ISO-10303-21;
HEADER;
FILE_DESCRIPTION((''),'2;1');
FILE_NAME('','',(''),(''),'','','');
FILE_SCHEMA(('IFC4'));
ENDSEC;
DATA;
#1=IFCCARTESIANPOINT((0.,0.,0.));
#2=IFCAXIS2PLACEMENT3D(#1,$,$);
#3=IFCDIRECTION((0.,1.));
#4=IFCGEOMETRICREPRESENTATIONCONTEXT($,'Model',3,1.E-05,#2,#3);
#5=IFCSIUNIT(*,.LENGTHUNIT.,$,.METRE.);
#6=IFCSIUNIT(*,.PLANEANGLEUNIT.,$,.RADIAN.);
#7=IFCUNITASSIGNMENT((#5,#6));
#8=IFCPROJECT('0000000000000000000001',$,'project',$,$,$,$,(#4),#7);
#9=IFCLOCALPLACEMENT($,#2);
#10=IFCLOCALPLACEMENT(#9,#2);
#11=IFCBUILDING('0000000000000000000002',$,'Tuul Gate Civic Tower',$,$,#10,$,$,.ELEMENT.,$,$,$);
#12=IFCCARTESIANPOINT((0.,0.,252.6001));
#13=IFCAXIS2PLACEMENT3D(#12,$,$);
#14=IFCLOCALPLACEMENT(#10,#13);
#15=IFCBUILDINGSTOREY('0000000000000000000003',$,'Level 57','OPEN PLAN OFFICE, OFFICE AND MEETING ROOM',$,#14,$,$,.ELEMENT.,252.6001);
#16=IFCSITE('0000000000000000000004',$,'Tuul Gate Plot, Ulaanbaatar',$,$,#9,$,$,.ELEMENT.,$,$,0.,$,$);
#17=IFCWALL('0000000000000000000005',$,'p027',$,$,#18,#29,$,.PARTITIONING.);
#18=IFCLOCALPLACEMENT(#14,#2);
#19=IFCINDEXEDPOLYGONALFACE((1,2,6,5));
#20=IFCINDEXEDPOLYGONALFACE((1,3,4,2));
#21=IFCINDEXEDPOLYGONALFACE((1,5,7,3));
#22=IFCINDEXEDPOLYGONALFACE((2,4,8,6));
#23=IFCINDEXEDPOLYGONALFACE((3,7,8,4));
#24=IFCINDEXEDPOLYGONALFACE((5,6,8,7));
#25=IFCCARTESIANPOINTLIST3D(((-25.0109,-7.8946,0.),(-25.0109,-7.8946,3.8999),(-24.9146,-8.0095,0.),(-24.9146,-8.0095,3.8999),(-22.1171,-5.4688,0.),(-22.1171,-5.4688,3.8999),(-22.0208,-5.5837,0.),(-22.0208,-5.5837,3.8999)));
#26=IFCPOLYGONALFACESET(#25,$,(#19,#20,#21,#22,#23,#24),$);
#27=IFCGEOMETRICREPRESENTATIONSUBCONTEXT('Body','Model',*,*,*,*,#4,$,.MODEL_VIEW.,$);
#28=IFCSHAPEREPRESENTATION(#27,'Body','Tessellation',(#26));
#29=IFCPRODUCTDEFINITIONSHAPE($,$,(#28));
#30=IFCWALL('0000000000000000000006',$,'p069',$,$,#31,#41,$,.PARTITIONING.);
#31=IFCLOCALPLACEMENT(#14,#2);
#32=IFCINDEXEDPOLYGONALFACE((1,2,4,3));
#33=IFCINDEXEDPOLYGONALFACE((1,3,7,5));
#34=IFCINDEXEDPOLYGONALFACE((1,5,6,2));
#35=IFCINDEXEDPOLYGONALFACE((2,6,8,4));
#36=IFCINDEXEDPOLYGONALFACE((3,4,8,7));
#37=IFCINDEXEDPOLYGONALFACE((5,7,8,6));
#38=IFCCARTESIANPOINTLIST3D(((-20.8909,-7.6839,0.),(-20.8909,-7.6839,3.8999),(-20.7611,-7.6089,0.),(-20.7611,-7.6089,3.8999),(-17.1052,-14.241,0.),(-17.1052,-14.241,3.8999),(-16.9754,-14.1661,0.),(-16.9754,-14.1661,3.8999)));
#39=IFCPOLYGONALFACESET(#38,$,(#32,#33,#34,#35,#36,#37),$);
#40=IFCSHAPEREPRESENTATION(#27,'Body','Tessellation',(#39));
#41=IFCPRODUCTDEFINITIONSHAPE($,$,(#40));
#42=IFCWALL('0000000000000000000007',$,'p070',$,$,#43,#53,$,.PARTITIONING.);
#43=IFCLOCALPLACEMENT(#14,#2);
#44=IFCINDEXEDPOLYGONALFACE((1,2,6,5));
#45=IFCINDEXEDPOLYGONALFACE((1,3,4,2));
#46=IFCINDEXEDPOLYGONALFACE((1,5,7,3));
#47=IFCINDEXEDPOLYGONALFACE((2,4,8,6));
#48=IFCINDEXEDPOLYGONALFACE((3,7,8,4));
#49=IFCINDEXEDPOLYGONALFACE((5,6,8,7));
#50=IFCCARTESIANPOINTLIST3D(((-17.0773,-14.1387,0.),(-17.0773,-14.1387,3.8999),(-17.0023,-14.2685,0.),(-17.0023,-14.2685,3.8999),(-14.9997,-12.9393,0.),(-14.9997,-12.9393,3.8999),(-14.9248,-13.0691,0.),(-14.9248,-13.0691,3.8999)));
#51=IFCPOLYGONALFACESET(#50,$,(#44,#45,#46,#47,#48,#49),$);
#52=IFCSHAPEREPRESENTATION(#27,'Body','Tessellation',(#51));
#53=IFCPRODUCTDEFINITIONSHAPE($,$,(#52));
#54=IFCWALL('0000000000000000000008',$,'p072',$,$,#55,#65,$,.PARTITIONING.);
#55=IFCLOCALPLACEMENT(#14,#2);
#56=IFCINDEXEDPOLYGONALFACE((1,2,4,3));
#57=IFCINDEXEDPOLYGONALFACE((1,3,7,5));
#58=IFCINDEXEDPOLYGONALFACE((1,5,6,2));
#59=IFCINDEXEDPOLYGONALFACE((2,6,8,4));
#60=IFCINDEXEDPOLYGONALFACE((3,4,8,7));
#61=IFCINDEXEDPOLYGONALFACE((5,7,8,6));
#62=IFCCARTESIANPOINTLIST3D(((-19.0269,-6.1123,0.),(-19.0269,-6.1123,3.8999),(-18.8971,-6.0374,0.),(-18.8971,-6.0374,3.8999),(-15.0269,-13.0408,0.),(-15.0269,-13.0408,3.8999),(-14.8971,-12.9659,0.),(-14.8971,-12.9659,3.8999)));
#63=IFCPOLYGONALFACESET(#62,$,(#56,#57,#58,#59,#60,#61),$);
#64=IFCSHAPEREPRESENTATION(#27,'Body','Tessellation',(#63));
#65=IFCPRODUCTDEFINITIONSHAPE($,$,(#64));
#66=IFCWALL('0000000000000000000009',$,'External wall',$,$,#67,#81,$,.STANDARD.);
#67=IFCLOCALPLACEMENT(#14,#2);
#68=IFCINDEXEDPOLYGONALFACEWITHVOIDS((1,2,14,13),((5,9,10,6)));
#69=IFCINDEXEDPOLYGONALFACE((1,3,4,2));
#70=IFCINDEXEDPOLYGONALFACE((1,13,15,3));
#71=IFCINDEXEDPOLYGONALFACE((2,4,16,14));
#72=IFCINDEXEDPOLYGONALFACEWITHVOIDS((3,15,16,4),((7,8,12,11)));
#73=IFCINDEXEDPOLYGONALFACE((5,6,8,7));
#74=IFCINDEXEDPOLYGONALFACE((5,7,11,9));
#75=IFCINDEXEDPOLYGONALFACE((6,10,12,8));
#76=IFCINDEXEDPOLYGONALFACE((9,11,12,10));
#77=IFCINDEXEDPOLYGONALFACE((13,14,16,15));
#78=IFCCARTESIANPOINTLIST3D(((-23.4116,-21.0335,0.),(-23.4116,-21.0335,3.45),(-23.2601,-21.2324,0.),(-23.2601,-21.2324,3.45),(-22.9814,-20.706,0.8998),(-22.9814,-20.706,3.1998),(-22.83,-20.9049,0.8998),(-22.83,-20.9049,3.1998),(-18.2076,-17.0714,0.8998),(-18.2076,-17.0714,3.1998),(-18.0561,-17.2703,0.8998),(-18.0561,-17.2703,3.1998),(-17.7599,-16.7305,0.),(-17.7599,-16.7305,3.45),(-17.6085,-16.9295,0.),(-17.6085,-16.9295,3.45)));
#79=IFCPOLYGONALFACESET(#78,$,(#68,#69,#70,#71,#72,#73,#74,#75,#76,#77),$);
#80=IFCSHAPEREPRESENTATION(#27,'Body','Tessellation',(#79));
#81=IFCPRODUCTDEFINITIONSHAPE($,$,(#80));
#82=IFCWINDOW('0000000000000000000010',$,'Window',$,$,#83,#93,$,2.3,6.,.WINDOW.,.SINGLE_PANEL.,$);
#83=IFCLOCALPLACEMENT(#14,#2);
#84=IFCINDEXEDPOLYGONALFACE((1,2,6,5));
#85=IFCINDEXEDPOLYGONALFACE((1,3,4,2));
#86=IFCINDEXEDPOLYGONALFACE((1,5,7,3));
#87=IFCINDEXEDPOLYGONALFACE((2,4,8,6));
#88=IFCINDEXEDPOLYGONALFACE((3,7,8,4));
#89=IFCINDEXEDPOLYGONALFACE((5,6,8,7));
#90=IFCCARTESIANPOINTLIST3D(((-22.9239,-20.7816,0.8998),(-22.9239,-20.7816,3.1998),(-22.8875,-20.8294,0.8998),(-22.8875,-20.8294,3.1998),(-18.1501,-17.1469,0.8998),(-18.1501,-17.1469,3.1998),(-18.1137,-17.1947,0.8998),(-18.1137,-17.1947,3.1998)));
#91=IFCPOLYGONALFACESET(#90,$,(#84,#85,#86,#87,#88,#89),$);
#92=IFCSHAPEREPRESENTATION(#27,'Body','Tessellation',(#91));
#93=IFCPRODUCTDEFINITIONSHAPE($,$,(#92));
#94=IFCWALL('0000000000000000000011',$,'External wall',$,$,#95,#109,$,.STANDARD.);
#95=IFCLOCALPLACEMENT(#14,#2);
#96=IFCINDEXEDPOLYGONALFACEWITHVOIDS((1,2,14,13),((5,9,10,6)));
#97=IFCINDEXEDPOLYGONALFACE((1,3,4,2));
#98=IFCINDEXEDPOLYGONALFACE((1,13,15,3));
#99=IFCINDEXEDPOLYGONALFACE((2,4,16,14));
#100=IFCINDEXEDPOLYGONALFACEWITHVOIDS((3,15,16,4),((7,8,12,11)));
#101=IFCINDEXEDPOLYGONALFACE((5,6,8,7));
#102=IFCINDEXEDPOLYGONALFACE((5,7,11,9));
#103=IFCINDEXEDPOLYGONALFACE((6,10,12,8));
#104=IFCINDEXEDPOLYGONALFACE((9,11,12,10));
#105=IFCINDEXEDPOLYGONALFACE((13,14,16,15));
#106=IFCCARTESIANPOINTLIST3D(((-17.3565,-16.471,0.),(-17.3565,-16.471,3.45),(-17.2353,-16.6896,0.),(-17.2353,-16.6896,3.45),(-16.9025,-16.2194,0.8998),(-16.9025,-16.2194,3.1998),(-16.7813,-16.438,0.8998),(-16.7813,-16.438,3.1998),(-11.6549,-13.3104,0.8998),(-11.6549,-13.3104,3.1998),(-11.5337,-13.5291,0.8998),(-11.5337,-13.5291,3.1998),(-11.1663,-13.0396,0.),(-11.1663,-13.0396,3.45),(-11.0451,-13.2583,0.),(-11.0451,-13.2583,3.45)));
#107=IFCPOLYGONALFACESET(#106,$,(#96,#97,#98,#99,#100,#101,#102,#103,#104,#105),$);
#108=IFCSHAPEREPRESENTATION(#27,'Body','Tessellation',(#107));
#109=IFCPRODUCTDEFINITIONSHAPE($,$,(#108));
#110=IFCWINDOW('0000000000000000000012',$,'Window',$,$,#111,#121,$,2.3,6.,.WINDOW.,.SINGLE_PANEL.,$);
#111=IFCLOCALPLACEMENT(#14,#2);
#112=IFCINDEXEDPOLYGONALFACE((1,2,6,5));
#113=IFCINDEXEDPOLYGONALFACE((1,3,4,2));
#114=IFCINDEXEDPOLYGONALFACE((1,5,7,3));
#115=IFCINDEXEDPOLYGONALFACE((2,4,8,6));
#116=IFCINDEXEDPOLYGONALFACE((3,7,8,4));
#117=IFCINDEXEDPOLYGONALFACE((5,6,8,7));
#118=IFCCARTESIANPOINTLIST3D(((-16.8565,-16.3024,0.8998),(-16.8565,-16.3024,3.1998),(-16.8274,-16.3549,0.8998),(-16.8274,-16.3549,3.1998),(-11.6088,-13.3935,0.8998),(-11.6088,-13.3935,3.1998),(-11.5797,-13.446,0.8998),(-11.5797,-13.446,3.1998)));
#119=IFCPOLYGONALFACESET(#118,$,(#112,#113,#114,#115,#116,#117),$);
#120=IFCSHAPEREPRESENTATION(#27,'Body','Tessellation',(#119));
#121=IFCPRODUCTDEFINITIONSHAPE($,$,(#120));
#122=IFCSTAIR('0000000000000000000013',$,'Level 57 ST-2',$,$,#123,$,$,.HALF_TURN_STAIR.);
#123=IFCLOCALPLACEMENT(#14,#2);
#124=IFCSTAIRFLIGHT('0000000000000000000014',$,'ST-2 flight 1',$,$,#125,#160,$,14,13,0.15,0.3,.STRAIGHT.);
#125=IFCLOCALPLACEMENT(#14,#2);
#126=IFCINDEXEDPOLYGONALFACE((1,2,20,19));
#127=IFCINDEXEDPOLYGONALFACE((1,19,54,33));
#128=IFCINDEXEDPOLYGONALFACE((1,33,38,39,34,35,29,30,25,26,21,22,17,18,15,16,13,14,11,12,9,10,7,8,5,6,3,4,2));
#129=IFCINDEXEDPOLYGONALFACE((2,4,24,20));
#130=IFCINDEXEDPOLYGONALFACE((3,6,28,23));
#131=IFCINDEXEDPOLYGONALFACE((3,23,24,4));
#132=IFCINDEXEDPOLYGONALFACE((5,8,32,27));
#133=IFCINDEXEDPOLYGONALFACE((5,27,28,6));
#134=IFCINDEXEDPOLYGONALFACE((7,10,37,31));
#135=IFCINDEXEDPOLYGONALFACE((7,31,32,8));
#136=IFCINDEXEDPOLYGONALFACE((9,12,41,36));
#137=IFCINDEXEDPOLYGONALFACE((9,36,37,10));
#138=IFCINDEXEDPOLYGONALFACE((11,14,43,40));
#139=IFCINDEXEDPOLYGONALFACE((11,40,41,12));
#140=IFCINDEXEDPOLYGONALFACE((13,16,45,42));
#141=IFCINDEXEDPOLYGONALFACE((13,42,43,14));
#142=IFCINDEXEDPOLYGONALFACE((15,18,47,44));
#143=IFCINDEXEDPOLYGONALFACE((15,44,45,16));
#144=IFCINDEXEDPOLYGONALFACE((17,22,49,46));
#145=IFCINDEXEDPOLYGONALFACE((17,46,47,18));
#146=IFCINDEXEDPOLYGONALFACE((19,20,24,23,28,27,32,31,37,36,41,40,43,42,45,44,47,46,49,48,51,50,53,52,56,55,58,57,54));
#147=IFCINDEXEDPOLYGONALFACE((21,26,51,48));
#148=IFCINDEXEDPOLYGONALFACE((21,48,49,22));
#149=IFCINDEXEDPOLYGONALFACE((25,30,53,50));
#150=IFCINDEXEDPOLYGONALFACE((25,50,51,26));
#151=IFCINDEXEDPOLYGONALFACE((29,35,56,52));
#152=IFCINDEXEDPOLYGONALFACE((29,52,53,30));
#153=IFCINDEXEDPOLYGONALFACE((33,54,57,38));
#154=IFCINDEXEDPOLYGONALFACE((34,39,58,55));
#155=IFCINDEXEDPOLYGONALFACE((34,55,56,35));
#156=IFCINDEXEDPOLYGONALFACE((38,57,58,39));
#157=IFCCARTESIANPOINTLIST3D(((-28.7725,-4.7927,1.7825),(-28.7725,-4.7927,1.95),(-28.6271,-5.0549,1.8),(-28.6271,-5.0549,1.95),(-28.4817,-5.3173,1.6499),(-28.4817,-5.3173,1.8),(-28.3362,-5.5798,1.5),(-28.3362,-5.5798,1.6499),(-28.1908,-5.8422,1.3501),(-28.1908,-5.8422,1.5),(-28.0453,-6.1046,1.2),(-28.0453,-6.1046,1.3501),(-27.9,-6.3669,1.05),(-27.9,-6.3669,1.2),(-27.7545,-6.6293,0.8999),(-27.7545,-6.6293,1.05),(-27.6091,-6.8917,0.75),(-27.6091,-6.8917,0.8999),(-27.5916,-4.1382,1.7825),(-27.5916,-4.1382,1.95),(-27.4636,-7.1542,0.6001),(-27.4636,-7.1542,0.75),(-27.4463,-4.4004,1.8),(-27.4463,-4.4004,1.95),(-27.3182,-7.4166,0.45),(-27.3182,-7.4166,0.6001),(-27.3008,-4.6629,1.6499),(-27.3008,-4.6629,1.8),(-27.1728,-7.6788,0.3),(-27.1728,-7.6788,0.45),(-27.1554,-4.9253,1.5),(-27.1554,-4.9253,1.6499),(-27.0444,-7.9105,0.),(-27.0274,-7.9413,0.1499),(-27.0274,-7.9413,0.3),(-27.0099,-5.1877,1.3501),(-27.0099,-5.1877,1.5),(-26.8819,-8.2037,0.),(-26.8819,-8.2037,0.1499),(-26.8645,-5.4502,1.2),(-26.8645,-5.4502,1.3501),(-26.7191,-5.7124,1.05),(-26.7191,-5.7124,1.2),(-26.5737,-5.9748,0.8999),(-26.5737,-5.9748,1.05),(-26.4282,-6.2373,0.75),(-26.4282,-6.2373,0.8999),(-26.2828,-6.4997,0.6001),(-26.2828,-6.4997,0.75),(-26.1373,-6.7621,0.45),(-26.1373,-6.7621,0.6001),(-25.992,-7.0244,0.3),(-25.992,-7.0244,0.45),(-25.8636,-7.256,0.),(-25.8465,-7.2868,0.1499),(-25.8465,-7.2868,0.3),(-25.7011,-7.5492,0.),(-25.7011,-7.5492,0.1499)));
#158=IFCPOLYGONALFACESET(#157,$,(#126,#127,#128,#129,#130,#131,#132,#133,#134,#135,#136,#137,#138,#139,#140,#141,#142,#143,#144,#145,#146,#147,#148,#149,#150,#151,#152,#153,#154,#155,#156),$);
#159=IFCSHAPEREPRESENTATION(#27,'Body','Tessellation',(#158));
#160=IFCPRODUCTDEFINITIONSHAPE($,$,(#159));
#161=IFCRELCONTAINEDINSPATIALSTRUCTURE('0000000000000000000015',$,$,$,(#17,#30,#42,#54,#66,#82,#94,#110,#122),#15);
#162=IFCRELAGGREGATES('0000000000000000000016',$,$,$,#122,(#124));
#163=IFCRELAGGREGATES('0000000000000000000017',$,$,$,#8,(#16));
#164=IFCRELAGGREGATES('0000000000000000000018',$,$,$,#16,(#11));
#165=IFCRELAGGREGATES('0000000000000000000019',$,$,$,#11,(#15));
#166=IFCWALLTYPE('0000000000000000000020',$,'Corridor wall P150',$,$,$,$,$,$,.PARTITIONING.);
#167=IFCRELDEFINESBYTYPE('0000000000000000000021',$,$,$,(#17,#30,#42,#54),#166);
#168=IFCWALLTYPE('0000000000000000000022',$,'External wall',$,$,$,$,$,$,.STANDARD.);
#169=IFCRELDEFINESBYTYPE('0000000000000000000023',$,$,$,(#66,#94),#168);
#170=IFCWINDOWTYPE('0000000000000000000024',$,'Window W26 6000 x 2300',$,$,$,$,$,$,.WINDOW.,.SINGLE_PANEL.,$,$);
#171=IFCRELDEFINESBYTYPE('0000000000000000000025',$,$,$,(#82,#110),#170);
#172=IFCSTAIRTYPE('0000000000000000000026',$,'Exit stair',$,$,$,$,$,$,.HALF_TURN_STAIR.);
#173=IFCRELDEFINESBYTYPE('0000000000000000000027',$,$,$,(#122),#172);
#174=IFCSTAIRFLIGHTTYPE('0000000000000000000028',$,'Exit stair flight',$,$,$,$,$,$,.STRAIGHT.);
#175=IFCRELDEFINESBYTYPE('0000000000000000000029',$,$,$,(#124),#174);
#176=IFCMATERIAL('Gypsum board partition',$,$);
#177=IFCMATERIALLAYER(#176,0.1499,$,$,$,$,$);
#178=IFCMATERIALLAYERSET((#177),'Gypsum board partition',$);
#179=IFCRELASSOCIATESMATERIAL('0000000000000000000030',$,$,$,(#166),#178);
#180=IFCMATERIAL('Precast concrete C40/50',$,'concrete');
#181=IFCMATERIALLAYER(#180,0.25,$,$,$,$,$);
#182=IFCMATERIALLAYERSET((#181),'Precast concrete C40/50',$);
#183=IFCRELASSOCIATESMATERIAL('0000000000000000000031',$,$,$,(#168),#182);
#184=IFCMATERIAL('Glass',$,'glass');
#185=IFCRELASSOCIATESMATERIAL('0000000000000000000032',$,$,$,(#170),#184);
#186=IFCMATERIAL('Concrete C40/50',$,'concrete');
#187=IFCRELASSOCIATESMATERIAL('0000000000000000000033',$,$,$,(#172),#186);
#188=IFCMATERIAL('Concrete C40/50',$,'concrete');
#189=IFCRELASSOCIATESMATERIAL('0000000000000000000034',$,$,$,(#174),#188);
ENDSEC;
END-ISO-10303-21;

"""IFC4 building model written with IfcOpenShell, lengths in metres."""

from ifc_helpers import new_model, si_unit, direction, frame, frame_2d, origin, place, context, subcontext, project, spatial, polyline, rectangle, outline, extrude, material, layer, layer_set, type_object, element, fill, aggregate, save


model = new_model("IFC4")

# Units and contexts
model_context = context("Model", 3, precision=1e-05, world=origin(), true_north=direction((0.0, 1.0)))
body_context = subcontext(model_context, "Body", "Model", "MODEL_VIEW")
ifc_project = project(units=[si_unit("LENGTHUNIT", "METRE"), si_unit("PLANEANGLEUNIT", "RADIAN")], contexts=[model_context])

# Site, building, storey
site_placement = place(None, origin())
site = spatial("IfcSite", under=ifc_project, at=site_placement, Name="Tuul Gate Plot, Ulaanbaatar", CompositionType="ELEMENT", RefElevation=0.0)
building_placement = place(site_placement, origin())
building = spatial("IfcBuilding", under=site, at=building_placement, Name="Tuul Gate Civic Tower", CompositionType="ELEMENT")
storey_placement = place(building_placement, frame((0.0, 0.0, 252.6001)))
storey = spatial("IfcBuildingStorey", under=building, at=storey_placement, Name="Level 57", Description="OPEN PLAN OFFICE, OFFICE AND MEETING ROOM", CompositionType="ELEMENT", Elevation=252.6001)

# Walls
ifc_material_1 = material(Name="Gypsum board partition")
ifc_layer_1 = layer(ifc_material_1, 0.1499)
ifc_layer_set_1 = layer_set([ifc_layer_1], Name="Gypsum board partition")
wall_type_1 = type_object("IfcWallType", Name="Corridor wall P150", PredefinedType="PARTITIONING", material=ifc_layer_set_1)
wall_1_placement = place(storey_placement, frame((-24.9629, -7.9521, 0.0), z_axis=(0.0, 0.0, 1.0), x_axis=(0.766358, 0.642414, 0.0)))
element("IfcWall", 1, at=wall_1_placement, inside=storey, type_object=wall_type_1, Name="p027", PredefinedType="PARTITIONING", context=body_context, shape_type="SweptSolid", body=[
    extrude(rectangle(XDim=3.7761, YDim=0.1499, at=frame_2d((1.8882, 0.0))), origin(), (0.0, 0.0, 1.0), 3.8999),
])
wall_2_placement = place(storey_placement, frame((-20.8259, -7.6465, 0.0), z_axis=(0.0, 0.0, 1.0), x_axis=(0.499989, -0.866032, 0.0)))
element("IfcWall", 2, at=wall_2_placement, inside=storey, type_object=wall_type_1, Name="p069", PredefinedType="PARTITIONING", context=body_context, shape_type="SweptSolid", body=[
    extrude(rectangle(XDim=7.5715, YDim=0.1499, at=frame_2d((3.7856, 0.0))), origin(), (0.0, 0.0, 1.0), 3.8999),
])
wall_3_placement = place(storey_placement, frame((-17.0398, -14.2036, 0.0), z_axis=(0.0, 0.0, 1.0), x_axis=(0.866036, 0.499981, 0.0)))
element("IfcWall", 3, at=wall_3_placement, inside=storey, type_object=wall_type_1, Name="p070", PredefinedType="PARTITIONING", context=body_context, shape_type="SweptSolid", body=[
    extrude(rectangle(XDim=2.3989, YDim=0.1499, at=frame_2d((1.1995, 0.0))), origin(), (0.0, 0.0, 1.0), 3.8999),
])
wall_4_placement = place(storey_placement, frame((-18.9619, -6.075, 0.0), z_axis=(0.0, 0.0, 1.0), x_axis=(0.499986, -0.866034, 0.0)))
element("IfcWall", 4, at=wall_4_placement, inside=storey, type_object=wall_type_1, Name="p072", PredefinedType="PARTITIONING", context=body_context, shape_type="SweptSolid", body=[
    extrude(rectangle(XDim=8.0002, YDim=0.1499, at=frame_2d((4.0, 0.0))), origin(), (0.0, 0.0, 1.0), 3.8999),
])

# Walls, openings, windows
ifc_material_2 = material(Name="Precast concrete C40/50", Category="concrete")
ifc_layer_2 = layer(ifc_material_2, 0.25)
ifc_layer_set_2 = layer_set([ifc_layer_2], Name="Precast concrete C40/50")
wall_type_2 = type_object("IfcWallType", Name="External wall", PredefinedType="STANDARD", material=ifc_layer_set_2)
wall_5_placement = place(storey_placement, frame((-23.3359, -21.1331, 0.0), z_axis=(0.0, 0.0, 1.0), x_axis=(0.795636, 0.605775, 0.0)))
wall_5 = element("IfcWall", 5, at=wall_5_placement, inside=storey, type_object=wall_type_2, Name="External wall", PredefinedType="STANDARD", context=body_context, shape_type="SweptSolid", body=[
    extrude(rectangle(XDim=7.1033, YDim=0.25, at=frame_2d((3.5518, 0.0))), origin(), (0.0, 0.0, 1.0), 3.45),
])
opening_1_placement = place(wall_5_placement, frame((0.5408, 0.0, 0.8999)))
opening_1 = element("IfcOpeningElement", 6, at=opening_1_placement, cuts=wall_5, PredefinedType="OPENING", context=body_context, shape_type="SweptSolid", body=[
    extrude(rectangle(XDim=6.0, YDim=2.3, at=frame_2d((3.0, 1.1499))), frame((0.0, 0.135, 0.0), z_axis=(0.0, -1.0, 0.0), x_axis=(1.0, 0.0, 0.0)), (0.0, 0.0, 1.0), 0.27),
])
ifc_material_3 = material(Name="Glass", Category="glass")
window_type = type_object("IfcWindowType", Name="Window W26 6000 x 2300", PartitioningType="SINGLE_PANEL", PredefinedType="WINDOW", material=ifc_material_3)
window_1_placement = place(opening_1_placement, origin())
window_1 = element("IfcWindow", 7, at=window_1_placement, inside=storey, type_object=window_type, Name="Window", OverallHeight=2.3, OverallWidth=6.0, PartitioningType="SINGLE_PANEL", PredefinedType="WINDOW", context=body_context, shape_type="SweptSolid", body=[
    extrude(rectangle(XDim=6.0, YDim=2.3, at=frame_2d((3.0, 1.1499))), frame((0.0, 0.03, 0.0), z_axis=(0.0, -1.0, 0.0), x_axis=(1.0, 0.0, 0.0)), (0.0, 0.0, 1.0), 0.0601),
])
fill(opening_1, window_1)
wall_6_placement = place(storey_placement, frame((-17.2959, -16.5803, 0.0), z_axis=(0.0, 0.0, 1.0), x_axis=(0.874612, 0.484823, 0.0)))
wall_6 = element("IfcWall", 8, at=wall_6_placement, inside=storey, type_object=wall_type_2, Name="External wall", PredefinedType="STANDARD", context=body_context, shape_type="SweptSolid", body=[
    extrude(rectangle(XDim=7.0776, YDim=0.25, at=frame_2d((3.5388, 0.0))), origin(), (0.0, 0.0, 1.0), 3.45),
])
opening_2_placement = place(wall_6_placement, frame((0.519, 0.0, 0.8999)))
opening_2 = element("IfcOpeningElement", 9, at=opening_2_placement, cuts=wall_6, PredefinedType="OPENING", context=body_context, shape_type="SweptSolid", body=[
    extrude(rectangle(XDim=6.0, YDim=2.3, at=frame_2d((3.0, 1.1499))), frame((0.0, 0.135, 0.0), z_axis=(0.0, -1.0, 0.0), x_axis=(1.0, 0.0, 0.0)), (0.0, 0.0, 1.0), 0.27),
])
window_2_placement = place(opening_2_placement, origin())
window_2 = element("IfcWindow", 10, at=window_2_placement, inside=storey, type_object=window_type, Name="Window", OverallHeight=2.3, OverallWidth=6.0, PartitioningType="SINGLE_PANEL", PredefinedType="WINDOW", context=body_context, shape_type="SweptSolid", body=[
    extrude(rectangle(XDim=6.0, YDim=2.3, at=frame_2d((3.0, 1.1499))), frame((0.0, 0.03, 0.0), z_axis=(0.0, -1.0, 0.0), x_axis=(1.0, 0.0, 0.0)), (0.0, 0.0, 1.0), 0.0601),
])
fill(opening_2, window_2)

# Stair, stair flight
ifc_material_4 = material(Name="Concrete C40/50", Category="concrete")
stair_type = type_object("IfcStairType", Name="Exit stair", PredefinedType="HALF_TURN_STAIR", material=ifc_material_4)
stair_placement = place(storey_placement, origin())
stair = element("IfcStair", 11, at=stair_placement, inside=storey, type_object=stair_type, Name="Level 57 ST-2", PredefinedType="HALF_TURN_STAIR")
ifc_material_5 = material(Name="Concrete C40/50", Category="concrete")
stair_flight_type = type_object("IfcStairFlightType", Name="Exit stair flight", PredefinedType="STRAIGHT", material=ifc_material_5)
stair_flight_placement = place(storey_placement, frame((-26.2915, -7.8765, 0.0), z_axis=(0.0, 0.0, 1.0), x_axis=(-0.484762, 0.874646, 0.0)))
stair_flight = element("IfcStairFlight", 12, at=stair_flight_placement, type_object=stair_flight_type, Name="ST-2 flight 1", NumberOfRisers=14, NumberOfTreads=13, PredefinedType="STRAIGHT", RiserHeight=0.15, TreadLength=0.3, context=body_context, shape_type="SweptSolid", body=[
    extrude(outline(polyline([(0.0, 0.0), (0.0, 0.1499), (0.3, 0.1499), (0.3, 0.3), (0.6001, 0.3), (0.6001, 0.45), (0.8999, 0.45), (0.8999, 0.6001), (1.2, 0.6001), (1.2, 0.75), (1.5, 0.75), (1.5, 0.8999), (1.8, 0.8999), (1.8, 1.05), (2.1001, 1.05), (2.1001, 1.2), (2.3999, 1.2), (2.3999, 1.3501), (2.7, 1.3501), (2.7, 1.5), (3.0, 1.5), (3.0, 1.6499), (3.3, 1.6499), (3.3, 1.8), (3.6001, 1.8), (3.6001, 1.95), (3.8999, 1.95), (3.8999, 2.1001), (3.8999, 1.7825), (0.3352, 0.0), (0.0, 0.0)])), frame((0.0, 0.675, 0.0), z_axis=(0.0, -1.0, 0.0), x_axis=(1.0, 0.0, 0.0)), (0.0, 0.0, 1.0), 1.3501),
])
aggregate(stair, [stair_flight])

save(model, "model.ifc")
